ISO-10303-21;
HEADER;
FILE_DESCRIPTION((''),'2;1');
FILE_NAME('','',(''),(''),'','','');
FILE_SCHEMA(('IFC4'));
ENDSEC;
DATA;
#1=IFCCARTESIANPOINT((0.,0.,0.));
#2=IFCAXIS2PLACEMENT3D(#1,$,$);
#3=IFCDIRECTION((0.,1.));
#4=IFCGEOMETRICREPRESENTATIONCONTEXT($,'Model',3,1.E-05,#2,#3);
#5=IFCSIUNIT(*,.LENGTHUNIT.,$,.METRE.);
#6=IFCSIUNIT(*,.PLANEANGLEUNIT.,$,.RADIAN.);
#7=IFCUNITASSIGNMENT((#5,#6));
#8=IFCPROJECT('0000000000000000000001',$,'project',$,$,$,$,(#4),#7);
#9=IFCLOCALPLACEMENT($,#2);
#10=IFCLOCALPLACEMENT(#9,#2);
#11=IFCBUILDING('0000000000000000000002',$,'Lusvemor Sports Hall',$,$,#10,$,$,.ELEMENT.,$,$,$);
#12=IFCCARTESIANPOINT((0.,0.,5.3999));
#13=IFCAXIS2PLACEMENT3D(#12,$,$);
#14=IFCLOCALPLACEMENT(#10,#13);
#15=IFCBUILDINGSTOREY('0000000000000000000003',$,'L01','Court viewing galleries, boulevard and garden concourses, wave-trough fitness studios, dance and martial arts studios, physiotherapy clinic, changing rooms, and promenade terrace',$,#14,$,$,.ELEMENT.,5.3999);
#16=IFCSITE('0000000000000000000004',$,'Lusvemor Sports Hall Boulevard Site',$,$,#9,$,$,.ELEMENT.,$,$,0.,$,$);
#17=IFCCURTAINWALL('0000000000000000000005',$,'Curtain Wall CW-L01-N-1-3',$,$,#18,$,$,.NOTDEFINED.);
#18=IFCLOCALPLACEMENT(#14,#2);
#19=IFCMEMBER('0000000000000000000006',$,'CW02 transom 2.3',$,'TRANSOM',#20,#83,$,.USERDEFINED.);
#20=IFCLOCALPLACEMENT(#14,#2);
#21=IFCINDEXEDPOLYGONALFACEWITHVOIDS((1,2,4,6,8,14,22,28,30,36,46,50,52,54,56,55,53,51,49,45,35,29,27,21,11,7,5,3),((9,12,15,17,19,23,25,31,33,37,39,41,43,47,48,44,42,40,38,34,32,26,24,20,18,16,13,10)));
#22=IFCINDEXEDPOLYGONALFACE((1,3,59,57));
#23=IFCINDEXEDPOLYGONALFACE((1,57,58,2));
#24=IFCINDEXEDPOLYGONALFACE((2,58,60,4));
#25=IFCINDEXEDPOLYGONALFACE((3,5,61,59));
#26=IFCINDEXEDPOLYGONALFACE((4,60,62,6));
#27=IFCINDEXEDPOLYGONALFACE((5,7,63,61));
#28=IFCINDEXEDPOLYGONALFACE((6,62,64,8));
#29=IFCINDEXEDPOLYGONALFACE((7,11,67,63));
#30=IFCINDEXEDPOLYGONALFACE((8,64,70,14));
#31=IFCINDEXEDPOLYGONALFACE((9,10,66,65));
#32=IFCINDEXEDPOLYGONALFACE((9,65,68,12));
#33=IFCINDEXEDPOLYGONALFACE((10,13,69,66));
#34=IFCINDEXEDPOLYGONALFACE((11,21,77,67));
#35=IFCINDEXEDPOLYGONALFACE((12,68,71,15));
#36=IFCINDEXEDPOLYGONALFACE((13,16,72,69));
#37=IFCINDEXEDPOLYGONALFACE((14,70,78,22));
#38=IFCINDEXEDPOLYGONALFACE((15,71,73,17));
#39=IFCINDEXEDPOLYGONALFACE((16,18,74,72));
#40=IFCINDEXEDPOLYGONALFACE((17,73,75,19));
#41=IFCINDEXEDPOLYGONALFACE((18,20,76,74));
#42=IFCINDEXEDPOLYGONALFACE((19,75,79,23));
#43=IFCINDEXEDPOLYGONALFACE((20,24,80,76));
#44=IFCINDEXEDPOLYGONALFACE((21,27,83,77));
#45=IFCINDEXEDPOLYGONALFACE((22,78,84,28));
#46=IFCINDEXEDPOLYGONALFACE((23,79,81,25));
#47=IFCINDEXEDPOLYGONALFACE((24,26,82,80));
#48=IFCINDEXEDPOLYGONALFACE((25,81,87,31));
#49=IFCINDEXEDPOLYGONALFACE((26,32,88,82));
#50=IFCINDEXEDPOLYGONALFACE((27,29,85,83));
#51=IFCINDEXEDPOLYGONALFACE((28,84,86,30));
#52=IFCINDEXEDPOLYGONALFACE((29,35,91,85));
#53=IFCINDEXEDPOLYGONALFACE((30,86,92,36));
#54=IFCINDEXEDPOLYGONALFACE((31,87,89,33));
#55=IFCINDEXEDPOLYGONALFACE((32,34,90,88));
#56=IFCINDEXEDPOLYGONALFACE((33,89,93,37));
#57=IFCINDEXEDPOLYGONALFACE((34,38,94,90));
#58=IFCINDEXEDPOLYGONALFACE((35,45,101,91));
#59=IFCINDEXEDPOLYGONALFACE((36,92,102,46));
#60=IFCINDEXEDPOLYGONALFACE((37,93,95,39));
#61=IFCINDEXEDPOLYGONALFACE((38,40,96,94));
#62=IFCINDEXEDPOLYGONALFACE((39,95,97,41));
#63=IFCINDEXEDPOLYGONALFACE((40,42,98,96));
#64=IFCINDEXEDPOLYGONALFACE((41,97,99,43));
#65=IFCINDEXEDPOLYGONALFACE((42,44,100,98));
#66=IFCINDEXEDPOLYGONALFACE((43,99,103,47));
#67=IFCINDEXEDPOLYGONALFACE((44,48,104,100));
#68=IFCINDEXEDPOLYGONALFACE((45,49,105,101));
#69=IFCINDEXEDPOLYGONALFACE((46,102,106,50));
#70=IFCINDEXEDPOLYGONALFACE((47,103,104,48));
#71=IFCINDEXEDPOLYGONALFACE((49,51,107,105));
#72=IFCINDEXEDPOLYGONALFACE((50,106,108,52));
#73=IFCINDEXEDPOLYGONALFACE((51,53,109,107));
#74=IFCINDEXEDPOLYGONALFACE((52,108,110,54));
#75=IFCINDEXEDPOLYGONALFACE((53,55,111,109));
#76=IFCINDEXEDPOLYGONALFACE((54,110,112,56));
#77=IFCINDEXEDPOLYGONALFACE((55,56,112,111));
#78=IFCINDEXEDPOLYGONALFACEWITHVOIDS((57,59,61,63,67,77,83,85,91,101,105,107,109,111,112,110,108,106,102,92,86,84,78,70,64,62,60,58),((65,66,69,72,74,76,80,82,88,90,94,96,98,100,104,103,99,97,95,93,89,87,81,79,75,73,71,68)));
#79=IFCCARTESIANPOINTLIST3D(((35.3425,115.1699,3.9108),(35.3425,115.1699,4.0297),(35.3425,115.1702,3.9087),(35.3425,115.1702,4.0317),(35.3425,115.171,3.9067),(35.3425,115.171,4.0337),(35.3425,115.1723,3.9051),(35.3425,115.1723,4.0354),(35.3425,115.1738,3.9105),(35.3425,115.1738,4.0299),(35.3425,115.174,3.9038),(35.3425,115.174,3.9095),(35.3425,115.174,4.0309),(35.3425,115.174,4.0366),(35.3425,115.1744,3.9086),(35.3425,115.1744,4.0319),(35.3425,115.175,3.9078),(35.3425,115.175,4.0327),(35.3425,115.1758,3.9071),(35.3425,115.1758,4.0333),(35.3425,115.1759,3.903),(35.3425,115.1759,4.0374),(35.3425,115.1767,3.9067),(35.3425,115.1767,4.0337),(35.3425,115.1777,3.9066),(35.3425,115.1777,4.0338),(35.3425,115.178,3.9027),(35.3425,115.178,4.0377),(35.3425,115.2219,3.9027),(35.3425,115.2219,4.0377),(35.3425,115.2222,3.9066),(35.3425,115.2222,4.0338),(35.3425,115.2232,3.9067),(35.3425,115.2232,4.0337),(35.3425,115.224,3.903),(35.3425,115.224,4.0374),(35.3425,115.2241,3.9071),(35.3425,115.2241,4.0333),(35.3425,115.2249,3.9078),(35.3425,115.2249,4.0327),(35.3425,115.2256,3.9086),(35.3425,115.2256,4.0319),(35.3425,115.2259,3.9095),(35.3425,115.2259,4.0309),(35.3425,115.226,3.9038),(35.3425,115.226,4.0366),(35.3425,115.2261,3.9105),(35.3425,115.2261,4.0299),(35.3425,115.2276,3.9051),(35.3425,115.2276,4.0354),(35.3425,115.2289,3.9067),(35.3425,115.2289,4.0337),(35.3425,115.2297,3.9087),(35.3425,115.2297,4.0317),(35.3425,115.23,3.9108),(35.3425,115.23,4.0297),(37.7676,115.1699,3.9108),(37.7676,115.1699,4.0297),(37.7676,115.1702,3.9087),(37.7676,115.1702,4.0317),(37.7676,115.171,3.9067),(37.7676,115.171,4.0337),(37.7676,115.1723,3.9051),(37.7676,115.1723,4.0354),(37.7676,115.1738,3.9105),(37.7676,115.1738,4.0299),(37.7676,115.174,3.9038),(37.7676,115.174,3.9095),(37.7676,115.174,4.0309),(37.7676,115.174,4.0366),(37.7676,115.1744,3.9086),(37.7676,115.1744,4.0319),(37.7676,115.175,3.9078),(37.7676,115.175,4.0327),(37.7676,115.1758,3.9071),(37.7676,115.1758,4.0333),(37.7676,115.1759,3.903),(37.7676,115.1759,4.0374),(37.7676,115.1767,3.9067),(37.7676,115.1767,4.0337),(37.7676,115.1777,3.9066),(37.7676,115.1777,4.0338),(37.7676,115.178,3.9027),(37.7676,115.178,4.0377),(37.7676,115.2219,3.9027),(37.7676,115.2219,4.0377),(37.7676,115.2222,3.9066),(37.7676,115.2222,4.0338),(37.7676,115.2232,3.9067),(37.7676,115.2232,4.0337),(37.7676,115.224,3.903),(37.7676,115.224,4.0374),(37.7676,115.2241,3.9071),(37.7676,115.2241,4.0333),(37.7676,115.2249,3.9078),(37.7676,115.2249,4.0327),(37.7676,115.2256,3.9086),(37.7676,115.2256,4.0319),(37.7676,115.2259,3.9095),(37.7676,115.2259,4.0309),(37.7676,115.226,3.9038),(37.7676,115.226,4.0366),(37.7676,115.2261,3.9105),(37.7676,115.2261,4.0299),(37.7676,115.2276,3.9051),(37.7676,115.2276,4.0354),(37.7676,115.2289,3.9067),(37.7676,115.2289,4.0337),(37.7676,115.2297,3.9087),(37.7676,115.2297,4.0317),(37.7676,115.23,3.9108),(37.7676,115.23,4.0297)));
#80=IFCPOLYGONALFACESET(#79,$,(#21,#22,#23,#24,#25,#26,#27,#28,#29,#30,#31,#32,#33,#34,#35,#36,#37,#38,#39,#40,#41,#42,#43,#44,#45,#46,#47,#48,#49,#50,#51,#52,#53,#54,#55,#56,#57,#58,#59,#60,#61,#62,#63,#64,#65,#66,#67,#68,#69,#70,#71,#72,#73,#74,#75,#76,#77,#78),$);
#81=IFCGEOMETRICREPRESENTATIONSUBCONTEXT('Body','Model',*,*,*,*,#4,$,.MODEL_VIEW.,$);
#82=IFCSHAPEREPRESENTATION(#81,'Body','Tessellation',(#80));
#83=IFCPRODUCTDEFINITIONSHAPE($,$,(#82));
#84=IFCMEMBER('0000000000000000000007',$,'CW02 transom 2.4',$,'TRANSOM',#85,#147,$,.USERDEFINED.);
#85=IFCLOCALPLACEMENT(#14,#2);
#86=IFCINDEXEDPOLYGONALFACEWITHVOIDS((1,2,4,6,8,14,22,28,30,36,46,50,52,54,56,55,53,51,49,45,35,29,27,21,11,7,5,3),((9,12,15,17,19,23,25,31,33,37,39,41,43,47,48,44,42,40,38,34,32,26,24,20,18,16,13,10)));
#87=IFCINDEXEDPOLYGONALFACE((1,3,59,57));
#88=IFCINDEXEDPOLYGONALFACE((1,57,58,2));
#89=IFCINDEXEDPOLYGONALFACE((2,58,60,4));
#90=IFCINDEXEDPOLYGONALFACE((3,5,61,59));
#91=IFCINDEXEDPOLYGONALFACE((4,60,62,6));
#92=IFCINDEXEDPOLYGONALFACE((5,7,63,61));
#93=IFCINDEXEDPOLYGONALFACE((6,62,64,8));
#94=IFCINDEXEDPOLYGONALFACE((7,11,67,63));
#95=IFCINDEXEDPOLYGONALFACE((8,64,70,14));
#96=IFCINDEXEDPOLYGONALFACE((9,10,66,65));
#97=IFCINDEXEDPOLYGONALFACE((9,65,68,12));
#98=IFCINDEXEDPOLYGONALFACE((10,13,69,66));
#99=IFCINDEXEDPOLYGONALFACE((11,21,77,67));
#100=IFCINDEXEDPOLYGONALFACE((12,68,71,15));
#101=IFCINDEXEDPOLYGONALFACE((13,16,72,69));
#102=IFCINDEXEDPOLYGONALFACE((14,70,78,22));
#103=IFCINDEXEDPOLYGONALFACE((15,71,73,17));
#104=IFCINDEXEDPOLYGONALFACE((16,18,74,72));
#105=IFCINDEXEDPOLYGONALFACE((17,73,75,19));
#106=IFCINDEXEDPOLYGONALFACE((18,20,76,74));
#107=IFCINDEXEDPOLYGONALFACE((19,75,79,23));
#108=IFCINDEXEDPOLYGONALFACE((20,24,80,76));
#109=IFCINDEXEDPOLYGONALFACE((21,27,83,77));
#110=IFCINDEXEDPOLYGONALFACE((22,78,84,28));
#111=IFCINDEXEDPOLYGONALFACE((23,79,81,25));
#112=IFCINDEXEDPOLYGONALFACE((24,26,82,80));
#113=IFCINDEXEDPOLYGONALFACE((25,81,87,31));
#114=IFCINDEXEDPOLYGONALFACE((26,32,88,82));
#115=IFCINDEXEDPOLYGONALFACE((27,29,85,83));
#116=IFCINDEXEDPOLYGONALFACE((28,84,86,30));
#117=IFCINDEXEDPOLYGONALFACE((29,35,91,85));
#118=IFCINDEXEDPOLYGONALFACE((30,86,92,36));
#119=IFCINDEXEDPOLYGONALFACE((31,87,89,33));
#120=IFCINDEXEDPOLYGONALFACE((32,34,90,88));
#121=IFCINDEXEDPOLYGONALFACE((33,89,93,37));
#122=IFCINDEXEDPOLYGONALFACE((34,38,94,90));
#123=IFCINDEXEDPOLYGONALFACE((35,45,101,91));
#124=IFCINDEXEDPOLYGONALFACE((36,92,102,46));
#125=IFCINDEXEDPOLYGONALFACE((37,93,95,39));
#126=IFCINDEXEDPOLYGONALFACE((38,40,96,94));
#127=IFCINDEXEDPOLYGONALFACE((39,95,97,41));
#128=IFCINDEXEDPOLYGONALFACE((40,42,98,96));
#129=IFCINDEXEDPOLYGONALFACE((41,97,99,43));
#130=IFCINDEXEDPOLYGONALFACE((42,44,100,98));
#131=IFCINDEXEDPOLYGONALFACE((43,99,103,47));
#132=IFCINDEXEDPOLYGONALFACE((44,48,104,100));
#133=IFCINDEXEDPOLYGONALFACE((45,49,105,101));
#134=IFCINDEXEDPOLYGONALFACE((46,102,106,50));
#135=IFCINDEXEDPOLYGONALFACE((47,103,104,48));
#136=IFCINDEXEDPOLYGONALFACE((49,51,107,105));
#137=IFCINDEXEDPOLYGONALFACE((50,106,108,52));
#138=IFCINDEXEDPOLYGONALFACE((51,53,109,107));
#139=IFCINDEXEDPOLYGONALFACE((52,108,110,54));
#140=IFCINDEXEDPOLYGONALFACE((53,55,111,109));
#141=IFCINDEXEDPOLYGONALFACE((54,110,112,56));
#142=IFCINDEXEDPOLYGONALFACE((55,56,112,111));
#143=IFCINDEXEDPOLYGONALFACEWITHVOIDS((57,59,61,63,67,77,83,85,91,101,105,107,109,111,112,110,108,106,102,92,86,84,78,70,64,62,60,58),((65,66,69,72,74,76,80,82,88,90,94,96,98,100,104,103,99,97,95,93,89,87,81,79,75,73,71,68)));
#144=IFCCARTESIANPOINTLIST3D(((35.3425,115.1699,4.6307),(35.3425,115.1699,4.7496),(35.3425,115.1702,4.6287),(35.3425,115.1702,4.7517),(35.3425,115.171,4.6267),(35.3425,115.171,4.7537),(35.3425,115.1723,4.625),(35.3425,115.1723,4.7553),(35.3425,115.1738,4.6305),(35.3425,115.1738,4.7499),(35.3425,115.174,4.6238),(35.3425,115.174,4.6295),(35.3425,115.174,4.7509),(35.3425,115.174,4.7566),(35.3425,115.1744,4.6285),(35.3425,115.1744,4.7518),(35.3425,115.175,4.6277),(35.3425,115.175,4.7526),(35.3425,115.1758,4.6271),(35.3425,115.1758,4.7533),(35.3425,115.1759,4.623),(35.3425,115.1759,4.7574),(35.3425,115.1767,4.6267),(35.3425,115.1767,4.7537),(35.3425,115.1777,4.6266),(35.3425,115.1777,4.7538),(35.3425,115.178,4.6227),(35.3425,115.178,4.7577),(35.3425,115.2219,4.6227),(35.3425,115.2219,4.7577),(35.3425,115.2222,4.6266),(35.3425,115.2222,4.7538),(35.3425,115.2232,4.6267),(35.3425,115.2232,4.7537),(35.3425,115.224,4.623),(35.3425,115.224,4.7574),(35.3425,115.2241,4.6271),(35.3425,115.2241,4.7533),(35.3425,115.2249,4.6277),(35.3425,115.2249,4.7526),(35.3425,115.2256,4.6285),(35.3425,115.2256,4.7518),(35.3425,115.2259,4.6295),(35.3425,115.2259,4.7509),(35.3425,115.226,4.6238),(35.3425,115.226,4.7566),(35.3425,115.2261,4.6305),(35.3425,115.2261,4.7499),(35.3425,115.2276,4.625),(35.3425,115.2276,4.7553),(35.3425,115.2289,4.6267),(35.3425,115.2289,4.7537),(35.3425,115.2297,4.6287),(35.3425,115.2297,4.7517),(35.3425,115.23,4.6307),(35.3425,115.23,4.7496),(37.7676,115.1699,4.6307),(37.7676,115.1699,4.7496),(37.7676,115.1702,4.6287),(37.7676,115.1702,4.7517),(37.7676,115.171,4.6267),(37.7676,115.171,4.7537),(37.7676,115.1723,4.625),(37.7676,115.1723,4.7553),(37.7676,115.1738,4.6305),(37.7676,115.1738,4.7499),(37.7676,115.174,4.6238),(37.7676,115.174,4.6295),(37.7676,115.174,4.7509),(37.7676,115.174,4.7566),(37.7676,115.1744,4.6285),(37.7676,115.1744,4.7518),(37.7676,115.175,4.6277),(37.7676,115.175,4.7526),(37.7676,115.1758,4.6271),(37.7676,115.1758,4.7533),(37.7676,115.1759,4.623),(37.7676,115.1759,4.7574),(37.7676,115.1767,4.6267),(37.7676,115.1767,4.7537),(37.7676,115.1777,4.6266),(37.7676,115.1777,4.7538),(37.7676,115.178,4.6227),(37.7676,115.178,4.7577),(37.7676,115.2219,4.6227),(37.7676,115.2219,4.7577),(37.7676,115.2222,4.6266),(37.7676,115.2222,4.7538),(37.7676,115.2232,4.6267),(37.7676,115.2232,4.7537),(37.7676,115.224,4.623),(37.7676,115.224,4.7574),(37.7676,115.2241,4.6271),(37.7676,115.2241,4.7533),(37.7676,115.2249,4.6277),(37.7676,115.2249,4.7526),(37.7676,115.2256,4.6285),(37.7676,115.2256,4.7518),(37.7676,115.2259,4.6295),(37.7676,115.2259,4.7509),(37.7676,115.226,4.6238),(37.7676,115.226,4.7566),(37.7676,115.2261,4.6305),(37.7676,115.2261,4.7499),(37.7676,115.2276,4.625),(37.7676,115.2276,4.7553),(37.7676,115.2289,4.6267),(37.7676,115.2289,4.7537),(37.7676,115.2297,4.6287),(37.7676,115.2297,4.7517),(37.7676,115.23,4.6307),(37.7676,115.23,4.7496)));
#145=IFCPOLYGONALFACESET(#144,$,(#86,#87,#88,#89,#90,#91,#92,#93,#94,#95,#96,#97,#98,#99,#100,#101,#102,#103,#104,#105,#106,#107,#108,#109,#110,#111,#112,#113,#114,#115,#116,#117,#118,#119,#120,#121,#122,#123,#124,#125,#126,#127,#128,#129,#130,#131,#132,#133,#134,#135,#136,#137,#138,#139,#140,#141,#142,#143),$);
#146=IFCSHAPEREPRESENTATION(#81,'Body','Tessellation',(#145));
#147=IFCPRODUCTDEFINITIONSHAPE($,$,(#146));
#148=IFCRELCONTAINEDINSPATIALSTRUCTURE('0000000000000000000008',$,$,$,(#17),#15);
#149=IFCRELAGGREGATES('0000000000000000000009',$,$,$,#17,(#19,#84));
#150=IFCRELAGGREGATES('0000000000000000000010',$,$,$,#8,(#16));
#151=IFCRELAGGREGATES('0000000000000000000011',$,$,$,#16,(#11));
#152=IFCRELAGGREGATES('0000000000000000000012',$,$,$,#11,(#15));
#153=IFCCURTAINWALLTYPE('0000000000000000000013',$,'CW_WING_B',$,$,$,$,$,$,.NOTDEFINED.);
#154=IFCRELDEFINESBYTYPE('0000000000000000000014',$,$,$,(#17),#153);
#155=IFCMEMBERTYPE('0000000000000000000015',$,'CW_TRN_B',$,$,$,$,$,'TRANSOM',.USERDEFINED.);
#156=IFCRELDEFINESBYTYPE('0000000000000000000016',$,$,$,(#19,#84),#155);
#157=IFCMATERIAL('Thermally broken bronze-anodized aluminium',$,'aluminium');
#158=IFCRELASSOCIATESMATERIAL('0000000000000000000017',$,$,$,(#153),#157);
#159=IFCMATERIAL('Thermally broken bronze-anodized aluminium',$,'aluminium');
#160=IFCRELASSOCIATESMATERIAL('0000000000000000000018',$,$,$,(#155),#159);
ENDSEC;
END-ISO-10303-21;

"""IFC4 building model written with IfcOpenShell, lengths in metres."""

from ifc_helpers import new_model, si_unit, direction, frame, origin, origin_2d, place, context, subcontext, project, spatial, hollow_rectangle, extrude, material, material_profile, profile_set, type_object, element, aggregate, save


model = new_model("IFC4")

# Units and contexts
model_context = context("Model", 3, precision=1e-05, world=origin(), true_north=direction((0.0, 1.0)))
body_context = subcontext(model_context, "Body", "Model", "MODEL_VIEW")
ifc_project = project(units=[si_unit("LENGTHUNIT", "METRE"), si_unit("PLANEANGLEUNIT", "RADIAN")], contexts=[model_context])

# Site, building, storey
site_placement = place(None, origin())
site = spatial("IfcSite", under=ifc_project, at=site_placement, Name="Lusvemor Sports Hall Boulevard Site", CompositionType="ELEMENT", RefElevation=0.0)
building_placement = place(site_placement, origin())
building = spatial("IfcBuilding", under=site, at=building_placement, Name="Lusvemor Sports Hall", CompositionType="ELEMENT")
storey_placement = place(building_placement, frame((0.0, 0.0, 5.3999)))
storey = spatial("IfcBuildingStorey", under=building, at=storey_placement, Name="L01", Description="Court viewing galleries, boulevard and garden concourses, wave-trough fitness studios, dance and martial arts studios, physiotherapy clinic, changing rooms, and promenade terrace", CompositionType="ELEMENT", Elevation=5.3999)

# Curtain wall, members
ifc_material_1 = material(Name="Thermally broken bronze-anodized aluminium", Category="aluminium")
curtain_wall_type = type_object("IfcCurtainWallType", Name="CW_WING_B", PredefinedType="NOTDEFINED", material=ifc_material_1)
curtain_wall_placement = place(storey_placement, origin())
curtain_wall = element("IfcCurtainWall", 1, at=curtain_wall_placement, inside=storey, type_object=curtain_wall_type, Name="Curtain Wall CW-L01-N-1-3", PredefinedType="NOTDEFINED")
ifc_material_2 = material(Name="Thermally broken bronze-anodized aluminium", Category="aluminium")
ifc_material_profile_1 = material_profile(ifc_material_2, hollow_rectangle(XDim=0.0601, YDim=0.135, WallThickness=0.0039, InnerFilletRadius=0.0039, OuterFilletRadius=0.0081, at=origin_2d()), Name="CWTRN135x60x4")
ifc_profile_set_1 = profile_set([ifc_material_profile_1], Name="Thermally broken bronze-anodized aluminium")
member_type_1 = type_object("IfcMemberType", Name="CW_TRN_B", ElementType="TRANSOM", PredefinedType="USERDEFINED", material=ifc_profile_set_1)
member_1_placement = place(storey_placement, frame((35.3425, 115.2, 3.9702), z_axis=(1.0, 0.0, 0.0), x_axis=(0.0, 1.0, 0.0)))
member_1 = element("IfcMember", 2, at=member_1_placement, type_object=member_type_1, Name="CW02 transom 2.3", ObjectType="TRANSOM", PredefinedType="USERDEFINED", context=body_context, shape_type="SweptSolid", body=[
    extrude(hollow_rectangle(XDim=0.0601, YDim=0.135, WallThickness=0.0039, InnerFilletRadius=0.0039, OuterFilletRadius=0.0081, at=origin_2d()), origin(), (0.0, 0.0, 1.0), 2.425),
])
member_2_placement = place(storey_placement, frame((35.3425, 115.2, 4.6902), z_axis=(1.0, 0.0, 0.0), x_axis=(0.0, 1.0, 0.0)))
member_2 = element("IfcMember", 3, at=member_2_placement, type_object=member_type_1, Name="CW02 transom 2.4", ObjectType="TRANSOM", PredefinedType="USERDEFINED", context=body_context, shape_type="SweptSolid", body=[
    extrude(hollow_rectangle(XDim=0.0601, YDim=0.135, WallThickness=0.0039, InnerFilletRadius=0.0039, OuterFilletRadius=0.0081, at=origin_2d()), origin(), (0.0, 0.0, 1.0), 2.425),
])

aggregate(curtain_wall, [member_1, member_2])

save(model, "model.ifc")
